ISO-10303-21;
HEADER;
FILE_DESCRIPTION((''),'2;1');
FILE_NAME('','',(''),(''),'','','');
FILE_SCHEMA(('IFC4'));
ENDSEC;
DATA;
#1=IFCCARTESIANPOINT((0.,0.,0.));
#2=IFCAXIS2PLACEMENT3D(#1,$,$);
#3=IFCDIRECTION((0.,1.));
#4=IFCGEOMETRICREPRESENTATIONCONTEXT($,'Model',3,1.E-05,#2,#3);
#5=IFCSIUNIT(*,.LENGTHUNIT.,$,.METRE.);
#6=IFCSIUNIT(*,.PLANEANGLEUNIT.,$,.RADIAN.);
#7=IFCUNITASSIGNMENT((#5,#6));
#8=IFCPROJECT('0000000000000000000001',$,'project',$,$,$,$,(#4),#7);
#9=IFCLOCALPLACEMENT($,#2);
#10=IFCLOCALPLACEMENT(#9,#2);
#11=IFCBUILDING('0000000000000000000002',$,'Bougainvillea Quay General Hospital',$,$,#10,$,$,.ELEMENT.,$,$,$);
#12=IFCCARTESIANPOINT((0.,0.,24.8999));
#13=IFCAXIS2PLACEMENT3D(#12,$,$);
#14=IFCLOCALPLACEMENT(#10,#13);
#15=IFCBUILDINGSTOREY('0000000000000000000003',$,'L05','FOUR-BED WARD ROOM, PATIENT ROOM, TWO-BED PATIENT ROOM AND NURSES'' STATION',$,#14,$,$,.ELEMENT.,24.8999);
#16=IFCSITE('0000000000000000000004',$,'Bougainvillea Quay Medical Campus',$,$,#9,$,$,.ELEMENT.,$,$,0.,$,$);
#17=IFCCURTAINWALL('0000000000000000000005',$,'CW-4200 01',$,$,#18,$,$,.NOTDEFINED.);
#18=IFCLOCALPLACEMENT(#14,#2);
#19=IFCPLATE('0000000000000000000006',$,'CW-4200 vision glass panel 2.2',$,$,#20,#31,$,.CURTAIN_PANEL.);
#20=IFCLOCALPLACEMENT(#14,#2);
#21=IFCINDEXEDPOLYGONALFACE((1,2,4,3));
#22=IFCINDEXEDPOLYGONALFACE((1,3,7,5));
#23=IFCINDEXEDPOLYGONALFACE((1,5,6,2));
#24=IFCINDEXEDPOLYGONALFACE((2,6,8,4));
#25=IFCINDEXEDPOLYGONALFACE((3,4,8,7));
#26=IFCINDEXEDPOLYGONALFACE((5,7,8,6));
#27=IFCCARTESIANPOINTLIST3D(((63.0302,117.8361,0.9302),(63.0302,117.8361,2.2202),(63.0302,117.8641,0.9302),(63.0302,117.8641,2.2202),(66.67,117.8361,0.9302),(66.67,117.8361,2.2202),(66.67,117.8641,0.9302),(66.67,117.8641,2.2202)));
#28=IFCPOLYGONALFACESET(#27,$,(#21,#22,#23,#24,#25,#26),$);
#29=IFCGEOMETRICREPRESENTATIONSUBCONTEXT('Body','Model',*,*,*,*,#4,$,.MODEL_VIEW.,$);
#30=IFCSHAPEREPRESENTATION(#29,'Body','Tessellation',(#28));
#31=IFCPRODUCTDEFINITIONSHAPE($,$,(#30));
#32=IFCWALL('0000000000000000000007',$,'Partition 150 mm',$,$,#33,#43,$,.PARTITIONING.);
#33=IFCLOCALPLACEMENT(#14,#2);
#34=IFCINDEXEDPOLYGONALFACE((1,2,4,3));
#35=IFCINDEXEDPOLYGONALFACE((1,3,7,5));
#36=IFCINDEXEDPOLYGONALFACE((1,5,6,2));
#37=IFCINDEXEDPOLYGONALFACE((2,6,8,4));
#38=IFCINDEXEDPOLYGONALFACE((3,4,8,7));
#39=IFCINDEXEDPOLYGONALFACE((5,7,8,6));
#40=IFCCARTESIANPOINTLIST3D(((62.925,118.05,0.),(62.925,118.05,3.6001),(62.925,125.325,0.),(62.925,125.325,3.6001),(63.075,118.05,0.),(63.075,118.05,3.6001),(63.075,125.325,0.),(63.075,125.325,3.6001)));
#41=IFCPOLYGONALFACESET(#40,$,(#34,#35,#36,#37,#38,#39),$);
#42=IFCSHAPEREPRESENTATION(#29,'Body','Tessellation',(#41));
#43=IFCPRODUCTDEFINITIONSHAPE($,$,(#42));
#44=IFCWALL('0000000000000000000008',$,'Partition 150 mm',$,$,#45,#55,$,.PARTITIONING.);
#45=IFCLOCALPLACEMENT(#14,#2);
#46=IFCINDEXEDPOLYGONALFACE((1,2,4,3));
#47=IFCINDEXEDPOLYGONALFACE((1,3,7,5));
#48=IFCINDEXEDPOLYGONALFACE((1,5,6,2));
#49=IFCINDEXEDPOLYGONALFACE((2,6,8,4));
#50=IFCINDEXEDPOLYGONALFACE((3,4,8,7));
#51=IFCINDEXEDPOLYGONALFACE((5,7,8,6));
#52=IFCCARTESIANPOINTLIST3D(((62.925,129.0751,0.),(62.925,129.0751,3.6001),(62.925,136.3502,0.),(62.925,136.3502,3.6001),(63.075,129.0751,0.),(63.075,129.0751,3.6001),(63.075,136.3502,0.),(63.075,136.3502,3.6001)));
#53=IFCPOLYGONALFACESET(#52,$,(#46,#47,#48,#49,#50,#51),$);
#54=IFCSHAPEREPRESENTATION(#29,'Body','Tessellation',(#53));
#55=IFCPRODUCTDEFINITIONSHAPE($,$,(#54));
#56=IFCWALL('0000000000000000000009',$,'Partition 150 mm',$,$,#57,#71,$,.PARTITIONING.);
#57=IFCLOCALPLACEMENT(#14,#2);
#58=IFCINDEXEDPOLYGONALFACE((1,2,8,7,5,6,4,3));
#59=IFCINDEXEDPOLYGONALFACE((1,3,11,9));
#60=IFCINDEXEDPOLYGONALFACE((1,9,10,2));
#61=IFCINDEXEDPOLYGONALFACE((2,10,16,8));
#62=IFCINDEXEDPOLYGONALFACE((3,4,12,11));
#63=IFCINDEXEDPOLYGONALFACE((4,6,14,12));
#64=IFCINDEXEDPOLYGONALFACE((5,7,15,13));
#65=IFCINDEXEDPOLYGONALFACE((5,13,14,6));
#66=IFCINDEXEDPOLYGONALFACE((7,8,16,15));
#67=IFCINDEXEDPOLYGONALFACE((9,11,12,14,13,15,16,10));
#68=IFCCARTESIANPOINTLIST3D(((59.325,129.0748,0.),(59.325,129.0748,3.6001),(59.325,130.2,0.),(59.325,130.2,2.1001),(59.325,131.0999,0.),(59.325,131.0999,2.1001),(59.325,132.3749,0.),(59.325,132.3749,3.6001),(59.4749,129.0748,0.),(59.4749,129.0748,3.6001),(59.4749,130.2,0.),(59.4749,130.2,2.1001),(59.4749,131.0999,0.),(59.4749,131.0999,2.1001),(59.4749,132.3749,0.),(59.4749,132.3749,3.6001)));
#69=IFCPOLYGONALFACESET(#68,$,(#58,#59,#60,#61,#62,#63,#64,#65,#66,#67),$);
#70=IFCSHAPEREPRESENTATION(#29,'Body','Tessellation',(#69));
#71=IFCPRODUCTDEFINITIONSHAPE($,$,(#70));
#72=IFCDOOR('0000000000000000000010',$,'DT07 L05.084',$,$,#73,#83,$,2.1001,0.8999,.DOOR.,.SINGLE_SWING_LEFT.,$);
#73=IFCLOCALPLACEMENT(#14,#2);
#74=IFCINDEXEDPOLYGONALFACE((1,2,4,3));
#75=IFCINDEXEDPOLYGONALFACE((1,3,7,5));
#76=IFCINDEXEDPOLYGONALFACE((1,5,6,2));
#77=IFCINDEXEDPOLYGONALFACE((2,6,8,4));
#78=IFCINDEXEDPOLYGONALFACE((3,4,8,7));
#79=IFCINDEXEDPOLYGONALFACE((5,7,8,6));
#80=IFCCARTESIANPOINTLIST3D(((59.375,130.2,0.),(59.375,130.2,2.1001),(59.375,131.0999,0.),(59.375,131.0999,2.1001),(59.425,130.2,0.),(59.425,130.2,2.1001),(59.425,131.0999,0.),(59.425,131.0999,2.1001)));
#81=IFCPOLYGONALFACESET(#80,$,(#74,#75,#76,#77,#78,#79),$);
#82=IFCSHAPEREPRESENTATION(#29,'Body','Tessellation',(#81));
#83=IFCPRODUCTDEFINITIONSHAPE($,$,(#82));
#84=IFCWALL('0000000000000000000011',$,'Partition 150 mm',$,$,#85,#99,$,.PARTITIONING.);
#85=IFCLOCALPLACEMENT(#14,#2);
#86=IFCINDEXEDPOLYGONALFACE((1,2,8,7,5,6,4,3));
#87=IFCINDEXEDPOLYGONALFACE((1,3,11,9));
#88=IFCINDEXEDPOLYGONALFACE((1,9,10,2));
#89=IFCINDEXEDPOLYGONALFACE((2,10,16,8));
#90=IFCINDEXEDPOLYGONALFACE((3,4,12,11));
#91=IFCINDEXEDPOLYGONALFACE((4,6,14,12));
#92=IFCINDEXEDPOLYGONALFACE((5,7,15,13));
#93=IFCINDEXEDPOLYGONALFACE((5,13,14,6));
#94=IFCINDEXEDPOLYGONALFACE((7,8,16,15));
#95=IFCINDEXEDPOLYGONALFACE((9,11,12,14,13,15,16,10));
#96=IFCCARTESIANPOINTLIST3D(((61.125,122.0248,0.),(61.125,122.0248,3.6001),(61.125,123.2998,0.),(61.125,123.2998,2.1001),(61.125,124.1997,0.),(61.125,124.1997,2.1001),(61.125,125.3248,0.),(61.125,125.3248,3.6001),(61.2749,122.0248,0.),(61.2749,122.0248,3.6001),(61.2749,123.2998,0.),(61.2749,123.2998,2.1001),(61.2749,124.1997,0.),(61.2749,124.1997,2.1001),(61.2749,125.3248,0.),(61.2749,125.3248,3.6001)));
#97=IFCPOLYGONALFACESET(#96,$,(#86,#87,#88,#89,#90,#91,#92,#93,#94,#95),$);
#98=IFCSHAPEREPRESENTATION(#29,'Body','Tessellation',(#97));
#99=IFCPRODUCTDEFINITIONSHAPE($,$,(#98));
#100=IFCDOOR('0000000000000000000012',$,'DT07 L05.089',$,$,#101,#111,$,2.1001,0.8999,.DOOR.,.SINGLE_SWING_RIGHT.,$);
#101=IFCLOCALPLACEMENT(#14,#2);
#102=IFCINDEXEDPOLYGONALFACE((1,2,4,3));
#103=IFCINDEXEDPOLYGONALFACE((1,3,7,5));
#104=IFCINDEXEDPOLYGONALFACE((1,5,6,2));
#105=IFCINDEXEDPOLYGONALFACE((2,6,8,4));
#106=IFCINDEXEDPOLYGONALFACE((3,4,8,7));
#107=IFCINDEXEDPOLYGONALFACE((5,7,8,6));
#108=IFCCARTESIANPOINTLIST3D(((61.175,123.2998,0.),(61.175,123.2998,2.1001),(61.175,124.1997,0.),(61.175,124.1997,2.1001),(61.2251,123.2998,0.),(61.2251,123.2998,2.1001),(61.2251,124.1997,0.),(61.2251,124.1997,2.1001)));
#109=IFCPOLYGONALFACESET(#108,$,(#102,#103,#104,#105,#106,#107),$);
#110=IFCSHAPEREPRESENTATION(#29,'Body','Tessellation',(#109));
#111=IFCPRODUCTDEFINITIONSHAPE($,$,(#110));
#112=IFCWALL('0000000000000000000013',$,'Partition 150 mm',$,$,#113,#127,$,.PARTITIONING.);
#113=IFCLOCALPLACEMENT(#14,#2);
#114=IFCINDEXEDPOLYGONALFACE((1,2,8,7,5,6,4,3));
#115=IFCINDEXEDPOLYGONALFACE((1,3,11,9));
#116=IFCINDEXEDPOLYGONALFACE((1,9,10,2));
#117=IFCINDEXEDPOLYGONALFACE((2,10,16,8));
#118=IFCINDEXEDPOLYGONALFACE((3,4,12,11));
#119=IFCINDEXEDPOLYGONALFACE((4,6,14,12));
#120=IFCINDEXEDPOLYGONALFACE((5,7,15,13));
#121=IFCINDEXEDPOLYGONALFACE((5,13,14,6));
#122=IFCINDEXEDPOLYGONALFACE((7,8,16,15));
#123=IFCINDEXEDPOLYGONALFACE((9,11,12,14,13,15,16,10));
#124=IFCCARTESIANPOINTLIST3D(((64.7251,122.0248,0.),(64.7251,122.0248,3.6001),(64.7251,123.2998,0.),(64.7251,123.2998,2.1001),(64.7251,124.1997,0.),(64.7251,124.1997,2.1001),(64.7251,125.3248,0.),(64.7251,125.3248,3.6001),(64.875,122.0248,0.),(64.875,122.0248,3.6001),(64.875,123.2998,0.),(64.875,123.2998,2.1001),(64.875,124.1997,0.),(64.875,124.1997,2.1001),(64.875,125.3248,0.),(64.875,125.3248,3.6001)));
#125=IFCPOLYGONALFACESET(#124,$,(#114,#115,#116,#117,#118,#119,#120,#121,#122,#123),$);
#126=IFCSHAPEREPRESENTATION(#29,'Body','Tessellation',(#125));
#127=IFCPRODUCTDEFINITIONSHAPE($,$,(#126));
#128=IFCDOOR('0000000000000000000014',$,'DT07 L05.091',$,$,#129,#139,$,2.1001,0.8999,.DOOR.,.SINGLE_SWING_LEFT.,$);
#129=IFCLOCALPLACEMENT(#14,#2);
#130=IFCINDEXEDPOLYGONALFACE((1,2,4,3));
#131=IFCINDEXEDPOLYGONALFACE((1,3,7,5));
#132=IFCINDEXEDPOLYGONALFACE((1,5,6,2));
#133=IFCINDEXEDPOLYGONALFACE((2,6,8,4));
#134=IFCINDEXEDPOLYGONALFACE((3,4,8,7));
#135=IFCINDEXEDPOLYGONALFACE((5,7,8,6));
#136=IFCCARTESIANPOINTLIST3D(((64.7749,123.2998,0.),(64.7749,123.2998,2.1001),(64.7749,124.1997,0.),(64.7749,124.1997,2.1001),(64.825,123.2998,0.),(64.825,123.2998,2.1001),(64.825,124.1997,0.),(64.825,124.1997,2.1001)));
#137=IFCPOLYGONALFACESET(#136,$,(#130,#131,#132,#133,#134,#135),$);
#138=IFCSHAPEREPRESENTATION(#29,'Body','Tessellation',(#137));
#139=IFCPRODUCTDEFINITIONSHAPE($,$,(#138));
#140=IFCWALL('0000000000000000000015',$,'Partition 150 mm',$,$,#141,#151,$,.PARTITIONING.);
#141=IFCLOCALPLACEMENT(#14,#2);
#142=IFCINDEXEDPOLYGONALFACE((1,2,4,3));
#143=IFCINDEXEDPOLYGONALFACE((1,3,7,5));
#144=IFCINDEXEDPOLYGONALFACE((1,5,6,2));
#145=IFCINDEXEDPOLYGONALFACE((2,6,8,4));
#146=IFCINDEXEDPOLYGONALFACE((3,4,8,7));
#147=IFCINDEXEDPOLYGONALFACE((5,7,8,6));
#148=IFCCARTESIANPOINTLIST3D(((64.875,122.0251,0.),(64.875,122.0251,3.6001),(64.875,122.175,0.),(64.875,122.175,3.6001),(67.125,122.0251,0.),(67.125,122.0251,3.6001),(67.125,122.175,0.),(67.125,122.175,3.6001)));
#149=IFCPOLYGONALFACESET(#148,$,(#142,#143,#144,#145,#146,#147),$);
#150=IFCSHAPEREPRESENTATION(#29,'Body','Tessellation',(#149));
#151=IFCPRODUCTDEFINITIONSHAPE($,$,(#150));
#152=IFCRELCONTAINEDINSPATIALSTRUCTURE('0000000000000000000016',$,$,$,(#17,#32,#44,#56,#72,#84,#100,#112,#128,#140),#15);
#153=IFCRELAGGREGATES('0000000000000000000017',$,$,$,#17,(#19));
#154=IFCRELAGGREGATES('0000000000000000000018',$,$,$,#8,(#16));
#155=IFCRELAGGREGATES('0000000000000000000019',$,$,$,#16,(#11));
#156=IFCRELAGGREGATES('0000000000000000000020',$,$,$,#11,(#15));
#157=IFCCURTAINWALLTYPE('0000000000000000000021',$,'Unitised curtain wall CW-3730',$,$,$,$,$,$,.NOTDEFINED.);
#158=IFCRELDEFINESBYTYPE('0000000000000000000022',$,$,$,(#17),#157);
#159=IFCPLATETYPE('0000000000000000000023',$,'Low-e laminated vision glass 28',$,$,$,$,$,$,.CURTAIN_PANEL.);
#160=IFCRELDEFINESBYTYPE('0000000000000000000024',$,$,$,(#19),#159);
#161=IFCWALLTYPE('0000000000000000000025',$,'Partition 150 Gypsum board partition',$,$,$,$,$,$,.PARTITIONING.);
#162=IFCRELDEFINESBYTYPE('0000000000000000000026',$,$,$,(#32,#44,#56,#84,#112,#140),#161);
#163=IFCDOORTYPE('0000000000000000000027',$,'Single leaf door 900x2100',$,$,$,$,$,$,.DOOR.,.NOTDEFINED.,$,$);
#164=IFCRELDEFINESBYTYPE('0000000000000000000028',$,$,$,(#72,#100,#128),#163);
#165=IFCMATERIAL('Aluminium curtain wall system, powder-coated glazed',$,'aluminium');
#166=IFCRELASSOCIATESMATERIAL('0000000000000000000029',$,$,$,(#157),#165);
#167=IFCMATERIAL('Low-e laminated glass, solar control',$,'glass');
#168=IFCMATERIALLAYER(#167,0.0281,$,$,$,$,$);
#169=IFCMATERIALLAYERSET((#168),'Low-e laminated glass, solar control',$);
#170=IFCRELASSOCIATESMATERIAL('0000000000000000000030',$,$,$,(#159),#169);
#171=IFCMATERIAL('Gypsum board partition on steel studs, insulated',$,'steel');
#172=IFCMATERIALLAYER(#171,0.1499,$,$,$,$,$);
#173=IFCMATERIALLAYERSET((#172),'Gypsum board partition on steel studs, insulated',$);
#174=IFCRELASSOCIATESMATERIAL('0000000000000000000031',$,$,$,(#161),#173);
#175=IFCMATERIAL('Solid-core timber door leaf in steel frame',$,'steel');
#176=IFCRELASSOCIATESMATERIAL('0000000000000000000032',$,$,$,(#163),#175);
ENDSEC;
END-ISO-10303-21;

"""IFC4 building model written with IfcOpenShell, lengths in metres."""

from ifc_helpers import new_model, si_unit, direction, frame, frame_2d, origin, origin_2d, place, context, subcontext, project, spatial, rectangle, extrude, material, layer, layer_set, type_object, element, fill, aggregate, save


model = new_model("IFC4")

# Units and contexts
model_context = context("Model", 3, precision=1e-05, world=origin(), true_north=direction((0.0, 1.0)))
body_context = subcontext(model_context, "Body", "Model", "MODEL_VIEW")
ifc_project = project(units=[si_unit("LENGTHUNIT", "METRE"), si_unit("PLANEANGLEUNIT", "RADIAN")], contexts=[model_context])

# Site, building, storey
site_placement = place(None, origin())
site = spatial("IfcSite", under=ifc_project, at=site_placement, Name="Bougainvillea Quay Medical Campus", CompositionType="ELEMENT", RefElevation=0.0)
building_placement = place(site_placement, origin())
building = spatial("IfcBuilding", under=site, at=building_placement, Name="Bougainvillea Quay General Hospital", CompositionType="ELEMENT")
storey_placement = place(building_placement, frame((0.0, 0.0, 24.8999)))
storey = spatial("IfcBuildingStorey", under=building, at=storey_placement, Name="L05", Description="FOUR-BED WARD ROOM, PATIENT ROOM, TWO-BED PATIENT ROOM AND NURSES' STATION", CompositionType="ELEMENT", Elevation=24.8999)

# Curtain wall, plate
ifc_material_1 = material(Name="Aluminium curtain wall system, powder-coated glazed", Category="aluminium")
curtain_wall_type = type_object("IfcCurtainWallType", Name="Unitised curtain wall CW-3730", PredefinedType="NOTDEFINED", material=ifc_material_1)
curtain_wall_placement = place(storey_placement, origin())
curtain_wall = element("IfcCurtainWall", 1, at=curtain_wall_placement, inside=storey, type_object=curtain_wall_type, Name="CW-4200 01", PredefinedType="NOTDEFINED")
ifc_material_2 = material(Name="Low-e laminated glass, solar control", Category="glass")
ifc_layer_1 = layer(ifc_material_2, 0.0281)
ifc_layer_set_1 = layer_set([ifc_layer_1], Name="Low-e laminated glass, solar control")
plate_type_1 = type_object("IfcPlateType", Name="Low-e laminated vision glass 28", PredefinedType="CURTAIN_PANEL", material=ifc_layer_set_1)
plate_1_placement = place(storey_placement, frame((64.8501, 117.8501, 0.9302), z_axis=(0.0, 0.0, 1.0), x_axis=(1.0, 0.0, 0.0)))
plate_1 = element("IfcPlate", 2, at=plate_1_placement, type_object=plate_type_1, Name="CW-4200 vision glass panel 2.2", PredefinedType="CURTAIN_PANEL", context=body_context, shape_type="SweptSolid", body=[
    extrude(rectangle(XDim=3.6399, YDim=0.0281, at=origin_2d()), origin(), (0.0, 0.0, 1.0), 1.29),
])
aggregate(curtain_wall, [plate_1])

# Walls
ifc_material_3 = material(Name="Gypsum board partition on steel studs, insulated", Category="steel")
ifc_layer_2 = layer(ifc_material_3, 0.1499)
ifc_layer_set_2 = layer_set([ifc_layer_2], Name="Gypsum board partition on steel studs, insulated")
wall_type_1 = type_object("IfcWallType", Name="Partition 150 Gypsum board partition", PredefinedType="PARTITIONING", material=ifc_layer_set_2)
wall_1_placement = place(storey_placement, frame((63.0, 118.05, 0.0), z_axis=(0.0, 0.0, 1.0), x_axis=(0.0, 1.0, 0.0)))
element("IfcWall", 3, at=wall_1_placement, inside=storey, type_object=wall_type_1, Name="Partition 150 mm", PredefinedType="PARTITIONING", context=body_context, shape_type="SweptSolid", body=[
    extrude(rectangle(XDim=7.2749, YDim=0.1499, at=frame_2d((3.6375, 0.0))), origin(), (0.0, 0.0, 1.0), 3.6001),
])
wall_2_placement = place(storey_placement, frame((63.0, 129.075, 0.0), z_axis=(0.0, 0.0, 1.0), x_axis=(0.0, 1.0, 0.0)))
element("IfcWall", 4, at=wall_2_placement, inside=storey, type_object=wall_type_1, Name="Partition 150 mm", PredefinedType="PARTITIONING", context=body_context, shape_type="SweptSolid", body=[
    extrude(rectangle(XDim=7.2751, YDim=0.1499, at=frame_2d((3.6377, 0.0))), origin(), (0.0, 0.0, 1.0), 3.6001),
])

# Walls, openings, doors
wall_3_placement = place(storey_placement, frame((59.3999, 129.075, 0.0), z_axis=(0.0, 0.0, 1.0), x_axis=(0.0, 1.0, 0.0)))
wall_3 = element("IfcWall", 5, at=wall_3_placement, inside=storey, type_object=wall_type_1, Name="Partition 150 mm", PredefinedType="PARTITIONING", context=body_context, shape_type="SweptSolid", body=[
    extrude(rectangle(XDim=3.3, YDim=0.1499, at=frame_2d((1.6499, 0.0))), origin(), (0.0, 0.0, 1.0), 3.6001),
])
opening_1_placement = place(wall_3_placement, frame((1.125, 0.0, 0.0)))
opening_1 = element("IfcOpeningElement", 6, at=opening_1_placement, cuts=wall_3, PredefinedType="OPENING", context=body_context, shape_type="SweptSolid", body=[
    extrude(rectangle(XDim=0.8999, YDim=2.1001, at=frame_2d((0.45, 1.05))), frame((0.0, 0.085, 0.0), z_axis=(0.0, -1.0, 0.0), x_axis=(1.0, 0.0, 0.0)), (0.0, 0.0, 1.0), 0.1699),
])
ifc_material_4 = material(Name="Solid-core timber door leaf in steel frame", Category="steel")
door_type_1 = type_object("IfcDoorType", Name="Single leaf door 900x2100", OperationType="NOTDEFINED", PredefinedType="DOOR", material=ifc_material_4)
door_1_placement = place(opening_1_placement, origin())
door_1 = element("IfcDoor", 7, at=door_1_placement, inside=storey, type_object=door_type_1, Name="DT07 L05.084", OperationType="SINGLE_SWING_LEFT", OverallHeight=2.1001, OverallWidth=0.8999, PredefinedType="DOOR", context=body_context, shape_type="SweptSolid", body=[
    extrude(rectangle(XDim=0.8999, YDim=2.1001, at=frame_2d((0.45, 1.05))), frame((0.0, 0.0249, 0.0), z_axis=(0.0, -1.0, 0.0), x_axis=(1.0, 0.0, 0.0)), (0.0, 0.0, 1.0), 0.05),
])
fill(opening_1, door_1)
wall_4_placement = place(storey_placement, frame((61.2, 122.0249, 0.0), z_axis=(0.0, 0.0, 1.0), x_axis=(0.0, 1.0, 0.0)))
wall_4 = element("IfcWall", 8, at=wall_4_placement, inside=storey, type_object=wall_type_1, Name="Partition 150 mm", PredefinedType="PARTITIONING", context=body_context, shape_type="SweptSolid", body=[
    extrude(rectangle(XDim=3.3, YDim=0.1499, at=frame_2d((1.6499, 0.0))), origin(), (0.0, 0.0, 1.0), 3.6001),
])
opening_2_placement = place(wall_4_placement, frame((1.2749, 0.0, 0.0)))
opening_2 = element("IfcOpeningElement", 9, at=opening_2_placement, cuts=wall_4, PredefinedType="OPENING", context=body_context, shape_type="SweptSolid", body=[
    extrude(rectangle(XDim=0.8999, YDim=2.1001, at=frame_2d((0.45, 1.05))), frame((0.0, 0.085, 0.0), z_axis=(0.0, -1.0, 0.0), x_axis=(1.0, 0.0, 0.0)), (0.0, 0.0, 1.0), 0.1699),
])
door_2_placement = place(opening_2_placement, origin())
door_2 = element("IfcDoor", 10, at=door_2_placement, inside=storey, type_object=door_type_1, Name="DT07 L05.089", OperationType="SINGLE_SWING_RIGHT", OverallHeight=2.1001, OverallWidth=0.8999, PredefinedType="DOOR", context=body_context, shape_type="SweptSolid", body=[
    extrude(rectangle(XDim=0.8999, YDim=2.1001, at=frame_2d((0.45, 1.05))), frame((0.0, 0.0249, 0.0), z_axis=(0.0, -1.0, 0.0), x_axis=(1.0, 0.0, 0.0)), (0.0, 0.0, 1.0), 0.05),
])
fill(opening_2, door_2)
wall_5_placement = place(storey_placement, frame((64.8, 122.0249, 0.0), z_axis=(0.0, 0.0, 1.0), x_axis=(0.0, 1.0, 0.0)))
wall_5 = element("IfcWall", 11, at=wall_5_placement, inside=storey, type_object=wall_type_1, Name="Partition 150 mm", PredefinedType="PARTITIONING", context=body_context, shape_type="SweptSolid", body=[
    extrude(rectangle(XDim=3.3, YDim=0.1499, at=frame_2d((1.6499, 0.0))), origin(), (0.0, 0.0, 1.0), 3.6001),
])
opening_3_placement = place(wall_5_placement, frame((1.2749, 0.0, 0.0)))
opening_3 = element("IfcOpeningElement", 12, at=opening_3_placement, cuts=wall_5, PredefinedType="OPENING", context=body_context, shape_type="SweptSolid", body=[
    extrude(rectangle(XDim=0.8999, YDim=2.1001, at=frame_2d((0.45, 1.05))), frame((0.0, 0.085, 0.0), z_axis=(0.0, -1.0, 0.0), x_axis=(1.0, 0.0, 0.0)), (0.0, 0.0, 1.0), 0.1699),
])
door_3_placement = place(opening_3_placement, frame((0.8999, 0.0, 0.0), z_axis=(0.0, 0.0, 1.0), x_axis=(-1.0, 0.0, 0.0)))
door_3 = element("IfcDoor", 13, at=door_3_placement, inside=storey, type_object=door_type_1, Name="DT07 L05.091", OperationType="SINGLE_SWING_LEFT", OverallHeight=2.1001, OverallWidth=0.8999, PredefinedType="DOOR", context=body_context, shape_type="SweptSolid", body=[
    extrude(rectangle(XDim=0.8999, YDim=2.1001, at=frame_2d((0.45, 1.05))), frame((0.0, 0.0249, 0.0), z_axis=(0.0, -1.0, 0.0), x_axis=(1.0, 0.0, 0.0)), (0.0, 0.0, 1.0), 0.05),
])
fill(opening_3, door_3)

# Wall
wall_6_placement = place(storey_placement, frame((64.875, 122.1001, 0.0), z_axis=(0.0, 0.0, 1.0), x_axis=(1.0, 0.0, 0.0)))
element("IfcWall", 14, at=wall_6_placement, inside=storey, type_object=wall_type_1, Name="Partition 150 mm", PredefinedType="PARTITIONING", context=body_context, shape_type="SweptSolid", body=[
    extrude(rectangle(XDim=2.25, YDim=0.1499, at=frame_2d((1.125, 0.0))), origin(), (0.0, 0.0, 1.0), 3.6001),
])

save(model, "model.ifc")
